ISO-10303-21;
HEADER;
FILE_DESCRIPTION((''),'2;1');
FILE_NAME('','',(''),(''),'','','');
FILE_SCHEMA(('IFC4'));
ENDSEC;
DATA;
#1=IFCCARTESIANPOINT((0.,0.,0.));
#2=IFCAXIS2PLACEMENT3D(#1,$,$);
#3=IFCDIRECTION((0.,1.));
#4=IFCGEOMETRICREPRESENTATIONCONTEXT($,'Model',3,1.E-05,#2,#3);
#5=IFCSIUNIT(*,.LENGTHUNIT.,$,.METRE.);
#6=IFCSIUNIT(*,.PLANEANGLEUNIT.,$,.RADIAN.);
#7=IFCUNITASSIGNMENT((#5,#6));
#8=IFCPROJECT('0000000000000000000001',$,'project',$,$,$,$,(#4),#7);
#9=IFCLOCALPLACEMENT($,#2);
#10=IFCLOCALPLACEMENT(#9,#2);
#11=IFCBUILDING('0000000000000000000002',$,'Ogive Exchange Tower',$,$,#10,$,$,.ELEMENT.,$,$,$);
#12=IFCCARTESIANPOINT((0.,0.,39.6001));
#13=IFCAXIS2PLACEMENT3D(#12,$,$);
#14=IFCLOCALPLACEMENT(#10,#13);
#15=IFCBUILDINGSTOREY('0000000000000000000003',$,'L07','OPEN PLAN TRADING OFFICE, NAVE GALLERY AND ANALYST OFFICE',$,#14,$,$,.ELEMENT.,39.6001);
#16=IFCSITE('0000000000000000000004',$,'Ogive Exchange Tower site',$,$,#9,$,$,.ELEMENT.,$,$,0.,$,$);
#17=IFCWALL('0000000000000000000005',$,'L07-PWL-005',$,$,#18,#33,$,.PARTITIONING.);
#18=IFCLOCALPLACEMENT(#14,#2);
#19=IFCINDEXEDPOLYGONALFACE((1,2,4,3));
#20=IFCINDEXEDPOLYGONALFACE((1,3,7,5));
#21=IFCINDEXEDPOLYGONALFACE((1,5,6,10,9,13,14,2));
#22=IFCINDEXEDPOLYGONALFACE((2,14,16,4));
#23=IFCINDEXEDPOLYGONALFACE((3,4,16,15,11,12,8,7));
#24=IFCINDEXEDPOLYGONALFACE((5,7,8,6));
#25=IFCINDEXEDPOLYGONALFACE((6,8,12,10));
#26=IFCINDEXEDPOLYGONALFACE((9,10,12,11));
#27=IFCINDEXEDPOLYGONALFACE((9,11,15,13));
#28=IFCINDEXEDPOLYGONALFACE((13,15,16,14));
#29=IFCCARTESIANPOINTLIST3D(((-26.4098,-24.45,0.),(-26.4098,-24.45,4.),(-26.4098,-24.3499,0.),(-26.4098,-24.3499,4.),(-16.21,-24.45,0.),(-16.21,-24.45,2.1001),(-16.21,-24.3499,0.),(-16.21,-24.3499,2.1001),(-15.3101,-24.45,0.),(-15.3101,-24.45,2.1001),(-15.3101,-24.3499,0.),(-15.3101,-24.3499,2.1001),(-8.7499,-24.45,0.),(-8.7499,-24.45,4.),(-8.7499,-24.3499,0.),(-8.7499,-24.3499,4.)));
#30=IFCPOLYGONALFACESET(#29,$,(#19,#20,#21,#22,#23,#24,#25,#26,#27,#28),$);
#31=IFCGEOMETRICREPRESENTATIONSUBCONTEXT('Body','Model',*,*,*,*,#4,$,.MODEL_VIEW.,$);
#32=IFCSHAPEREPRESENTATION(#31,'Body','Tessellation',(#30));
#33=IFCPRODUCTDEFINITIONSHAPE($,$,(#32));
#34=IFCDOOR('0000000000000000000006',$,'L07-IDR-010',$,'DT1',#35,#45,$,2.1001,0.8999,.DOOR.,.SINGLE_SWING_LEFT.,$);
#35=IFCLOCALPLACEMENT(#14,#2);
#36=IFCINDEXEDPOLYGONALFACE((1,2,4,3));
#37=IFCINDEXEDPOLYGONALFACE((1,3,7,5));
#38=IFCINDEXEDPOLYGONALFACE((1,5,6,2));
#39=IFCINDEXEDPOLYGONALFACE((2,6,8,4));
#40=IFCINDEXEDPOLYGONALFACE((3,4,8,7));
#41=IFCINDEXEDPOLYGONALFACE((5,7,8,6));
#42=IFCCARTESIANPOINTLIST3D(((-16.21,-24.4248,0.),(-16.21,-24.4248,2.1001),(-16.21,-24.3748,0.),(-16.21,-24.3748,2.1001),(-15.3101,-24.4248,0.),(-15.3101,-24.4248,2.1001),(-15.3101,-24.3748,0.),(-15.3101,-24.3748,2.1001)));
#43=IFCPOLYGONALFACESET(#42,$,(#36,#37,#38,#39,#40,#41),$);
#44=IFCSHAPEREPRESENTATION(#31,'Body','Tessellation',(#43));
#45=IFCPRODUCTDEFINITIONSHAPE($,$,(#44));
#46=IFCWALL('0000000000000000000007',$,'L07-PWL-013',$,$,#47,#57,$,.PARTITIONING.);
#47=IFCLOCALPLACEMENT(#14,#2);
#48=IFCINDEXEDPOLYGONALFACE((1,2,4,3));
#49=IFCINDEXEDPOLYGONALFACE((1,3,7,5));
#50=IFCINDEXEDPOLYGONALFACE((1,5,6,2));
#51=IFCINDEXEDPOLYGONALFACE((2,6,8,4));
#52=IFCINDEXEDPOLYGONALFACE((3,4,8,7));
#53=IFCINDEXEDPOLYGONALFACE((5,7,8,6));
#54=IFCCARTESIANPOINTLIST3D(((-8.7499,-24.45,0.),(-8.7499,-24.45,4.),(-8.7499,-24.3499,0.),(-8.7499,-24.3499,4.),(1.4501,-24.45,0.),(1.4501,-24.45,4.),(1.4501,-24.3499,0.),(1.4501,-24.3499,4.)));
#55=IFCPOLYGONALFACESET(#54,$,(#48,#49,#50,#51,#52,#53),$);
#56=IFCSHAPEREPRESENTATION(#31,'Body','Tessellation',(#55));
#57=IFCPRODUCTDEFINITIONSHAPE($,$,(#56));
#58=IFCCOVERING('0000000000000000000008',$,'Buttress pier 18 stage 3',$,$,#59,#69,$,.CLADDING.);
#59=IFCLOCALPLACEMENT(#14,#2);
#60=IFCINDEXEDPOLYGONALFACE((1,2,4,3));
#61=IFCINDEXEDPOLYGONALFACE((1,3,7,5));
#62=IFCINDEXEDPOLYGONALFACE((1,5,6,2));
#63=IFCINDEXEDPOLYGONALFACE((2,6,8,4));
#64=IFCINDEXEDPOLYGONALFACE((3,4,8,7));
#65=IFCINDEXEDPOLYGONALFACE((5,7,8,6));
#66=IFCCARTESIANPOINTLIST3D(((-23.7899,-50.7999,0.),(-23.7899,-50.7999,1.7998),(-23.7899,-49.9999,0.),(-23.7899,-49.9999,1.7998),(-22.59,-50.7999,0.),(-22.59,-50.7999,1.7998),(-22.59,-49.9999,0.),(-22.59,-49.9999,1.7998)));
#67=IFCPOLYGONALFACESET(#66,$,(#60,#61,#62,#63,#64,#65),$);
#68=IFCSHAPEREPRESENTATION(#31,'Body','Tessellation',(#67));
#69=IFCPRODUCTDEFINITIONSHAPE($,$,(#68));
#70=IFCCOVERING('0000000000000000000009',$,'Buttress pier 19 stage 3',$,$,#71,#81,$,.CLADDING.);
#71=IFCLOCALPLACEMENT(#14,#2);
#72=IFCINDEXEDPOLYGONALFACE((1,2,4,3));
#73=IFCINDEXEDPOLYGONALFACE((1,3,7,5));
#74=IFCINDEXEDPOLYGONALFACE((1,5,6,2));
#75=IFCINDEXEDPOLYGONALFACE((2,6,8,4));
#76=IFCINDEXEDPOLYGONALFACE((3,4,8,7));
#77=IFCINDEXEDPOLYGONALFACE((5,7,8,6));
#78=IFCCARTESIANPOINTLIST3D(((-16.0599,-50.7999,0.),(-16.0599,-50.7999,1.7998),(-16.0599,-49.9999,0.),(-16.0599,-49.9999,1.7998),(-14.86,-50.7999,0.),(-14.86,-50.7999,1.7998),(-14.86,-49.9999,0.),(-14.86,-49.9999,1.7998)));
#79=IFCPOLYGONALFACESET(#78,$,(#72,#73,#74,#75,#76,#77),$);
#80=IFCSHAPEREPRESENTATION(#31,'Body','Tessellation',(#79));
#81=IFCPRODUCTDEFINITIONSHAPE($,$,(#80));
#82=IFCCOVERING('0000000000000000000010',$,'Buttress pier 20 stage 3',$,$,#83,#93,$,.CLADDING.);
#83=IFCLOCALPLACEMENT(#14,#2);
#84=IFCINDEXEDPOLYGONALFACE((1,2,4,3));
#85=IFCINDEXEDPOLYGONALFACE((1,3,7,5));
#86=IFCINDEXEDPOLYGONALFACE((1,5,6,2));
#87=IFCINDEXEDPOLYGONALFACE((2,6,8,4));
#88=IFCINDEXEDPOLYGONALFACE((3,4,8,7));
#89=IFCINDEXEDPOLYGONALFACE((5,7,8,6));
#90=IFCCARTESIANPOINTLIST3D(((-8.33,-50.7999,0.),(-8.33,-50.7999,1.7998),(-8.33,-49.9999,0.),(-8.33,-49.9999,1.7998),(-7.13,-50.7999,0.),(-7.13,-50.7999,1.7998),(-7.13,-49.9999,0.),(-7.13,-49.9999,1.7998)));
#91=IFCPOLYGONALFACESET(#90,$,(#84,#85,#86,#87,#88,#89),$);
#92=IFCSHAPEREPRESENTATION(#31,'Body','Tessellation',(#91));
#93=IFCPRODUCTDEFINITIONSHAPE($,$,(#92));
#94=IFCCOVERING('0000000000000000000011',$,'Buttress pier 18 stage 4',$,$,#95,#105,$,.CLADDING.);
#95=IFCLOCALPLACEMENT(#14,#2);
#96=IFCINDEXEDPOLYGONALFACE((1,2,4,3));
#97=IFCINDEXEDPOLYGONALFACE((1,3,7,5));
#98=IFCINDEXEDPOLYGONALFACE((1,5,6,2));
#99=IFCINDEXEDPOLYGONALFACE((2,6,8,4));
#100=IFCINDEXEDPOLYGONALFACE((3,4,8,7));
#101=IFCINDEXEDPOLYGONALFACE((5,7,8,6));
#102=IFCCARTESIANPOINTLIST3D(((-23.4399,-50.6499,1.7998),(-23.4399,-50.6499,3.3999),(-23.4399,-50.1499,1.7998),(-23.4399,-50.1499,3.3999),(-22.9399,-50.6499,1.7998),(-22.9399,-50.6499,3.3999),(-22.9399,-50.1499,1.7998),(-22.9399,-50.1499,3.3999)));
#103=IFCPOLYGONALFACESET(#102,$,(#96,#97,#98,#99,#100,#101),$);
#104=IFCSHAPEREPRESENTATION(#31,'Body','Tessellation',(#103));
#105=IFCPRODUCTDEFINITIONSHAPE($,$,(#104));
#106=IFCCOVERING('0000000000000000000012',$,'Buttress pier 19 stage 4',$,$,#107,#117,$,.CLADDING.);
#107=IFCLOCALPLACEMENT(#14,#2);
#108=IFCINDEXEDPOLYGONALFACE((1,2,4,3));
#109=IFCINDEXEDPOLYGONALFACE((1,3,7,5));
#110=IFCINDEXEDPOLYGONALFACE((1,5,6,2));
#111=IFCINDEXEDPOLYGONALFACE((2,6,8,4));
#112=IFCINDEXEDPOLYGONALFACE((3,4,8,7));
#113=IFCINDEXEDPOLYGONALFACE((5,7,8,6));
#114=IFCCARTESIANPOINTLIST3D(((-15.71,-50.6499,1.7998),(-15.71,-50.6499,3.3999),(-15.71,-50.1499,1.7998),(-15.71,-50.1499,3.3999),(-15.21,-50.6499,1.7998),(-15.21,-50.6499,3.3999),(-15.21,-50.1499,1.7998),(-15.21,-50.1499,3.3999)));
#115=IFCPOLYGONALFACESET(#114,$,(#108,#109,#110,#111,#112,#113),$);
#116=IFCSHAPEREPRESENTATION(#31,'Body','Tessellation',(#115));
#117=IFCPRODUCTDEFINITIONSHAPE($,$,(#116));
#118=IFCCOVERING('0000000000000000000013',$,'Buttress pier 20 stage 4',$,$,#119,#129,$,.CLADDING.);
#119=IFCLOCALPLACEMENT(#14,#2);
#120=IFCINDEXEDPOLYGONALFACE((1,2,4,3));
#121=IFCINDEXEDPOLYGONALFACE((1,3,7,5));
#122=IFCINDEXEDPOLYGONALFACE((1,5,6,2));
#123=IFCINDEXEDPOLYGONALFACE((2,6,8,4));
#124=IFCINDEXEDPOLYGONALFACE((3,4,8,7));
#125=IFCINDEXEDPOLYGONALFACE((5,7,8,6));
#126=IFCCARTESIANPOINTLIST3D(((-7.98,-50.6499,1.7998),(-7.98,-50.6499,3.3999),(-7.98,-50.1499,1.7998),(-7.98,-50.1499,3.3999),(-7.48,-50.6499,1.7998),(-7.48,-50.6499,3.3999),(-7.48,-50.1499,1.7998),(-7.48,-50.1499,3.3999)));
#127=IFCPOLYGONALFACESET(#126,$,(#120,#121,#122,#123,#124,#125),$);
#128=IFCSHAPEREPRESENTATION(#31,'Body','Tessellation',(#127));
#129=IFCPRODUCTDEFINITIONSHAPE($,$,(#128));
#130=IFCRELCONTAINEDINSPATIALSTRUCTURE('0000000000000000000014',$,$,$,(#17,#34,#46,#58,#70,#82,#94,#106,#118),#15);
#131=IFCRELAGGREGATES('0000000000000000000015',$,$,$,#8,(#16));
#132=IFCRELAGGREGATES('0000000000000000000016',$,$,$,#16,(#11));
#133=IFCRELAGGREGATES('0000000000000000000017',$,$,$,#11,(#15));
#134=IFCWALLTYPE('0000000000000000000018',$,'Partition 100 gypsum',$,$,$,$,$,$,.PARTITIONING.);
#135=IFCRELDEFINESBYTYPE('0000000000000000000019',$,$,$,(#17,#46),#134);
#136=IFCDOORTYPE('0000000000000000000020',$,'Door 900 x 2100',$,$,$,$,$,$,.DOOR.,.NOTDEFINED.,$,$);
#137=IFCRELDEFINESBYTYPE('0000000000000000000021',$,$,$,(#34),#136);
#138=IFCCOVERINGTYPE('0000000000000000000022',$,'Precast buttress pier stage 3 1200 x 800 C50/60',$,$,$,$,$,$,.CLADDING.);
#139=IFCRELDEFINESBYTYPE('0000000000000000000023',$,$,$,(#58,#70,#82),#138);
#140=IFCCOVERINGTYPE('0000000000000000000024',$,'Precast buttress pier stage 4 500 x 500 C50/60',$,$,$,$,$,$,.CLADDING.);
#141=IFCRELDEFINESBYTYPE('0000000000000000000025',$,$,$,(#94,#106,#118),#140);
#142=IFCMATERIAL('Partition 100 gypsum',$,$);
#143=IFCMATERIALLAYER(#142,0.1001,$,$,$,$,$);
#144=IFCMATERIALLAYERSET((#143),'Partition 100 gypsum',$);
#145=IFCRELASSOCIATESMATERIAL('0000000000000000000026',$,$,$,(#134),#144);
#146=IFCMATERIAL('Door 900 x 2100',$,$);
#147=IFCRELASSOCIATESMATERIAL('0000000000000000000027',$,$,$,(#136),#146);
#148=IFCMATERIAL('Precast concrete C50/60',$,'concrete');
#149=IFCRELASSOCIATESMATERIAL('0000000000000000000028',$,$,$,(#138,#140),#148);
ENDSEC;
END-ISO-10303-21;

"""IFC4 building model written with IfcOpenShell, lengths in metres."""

from ifc_helpers import new_model, si_unit, direction, frame, frame_2d, origin, origin_2d, place, context, subcontext, project, spatial, rectangle, extrude, material, layer, layer_set, material_profile, profile_set, type_object, element, fill, save


model = new_model("IFC4")

# Units and contexts
model_context = context("Model", 3, precision=1e-05, world=origin(), true_north=direction((0.0, 1.0)))
body_context = subcontext(model_context, "Body", "Model", "MODEL_VIEW")
ifc_project = project(units=[si_unit("LENGTHUNIT", "METRE"), si_unit("PLANEANGLEUNIT", "RADIAN")], contexts=[model_context])

# Site, building, storey
site_placement = place(None, origin())
site = spatial("IfcSite", under=ifc_project, at=site_placement, Name="Ogive Exchange Tower site", CompositionType="ELEMENT", RefElevation=0.0)
building_placement = place(site_placement, origin())
building = spatial("IfcBuilding", under=site, at=building_placement, Name="Ogive Exchange Tower", CompositionType="ELEMENT")
storey_placement = place(building_placement, frame((0.0, 0.0, 39.6001)))
storey = spatial("IfcBuildingStorey", under=building, at=storey_placement, Name="L07", Description="OPEN PLAN TRADING OFFICE, NAVE GALLERY AND ANALYST OFFICE", CompositionType="ELEMENT", Elevation=39.6001)

# Shared definitions
ifc_material_1 = material(Name="Partition 100 gypsum")
ifc_layer_1 = layer(ifc_material_1, 0.1001)
ifc_layer_set_1 = layer_set([ifc_layer_1], Name="Partition 100 gypsum")
wall_type_1 = type_object("IfcWallType", Name="Partition 100 gypsum", PredefinedType="PARTITIONING", material=ifc_layer_set_1)

# Wall, opening, door
wall_1_placement = place(storey_placement, frame((-26.4099, -24.3999, 0.0), z_axis=(0.0, 0.0, 1.0), x_axis=(1.0, 0.0, 0.0)))
wall_1 = element("IfcWall", 1, at=wall_1_placement, inside=storey, type_object=wall_type_1, Name="L07-PWL-005", PredefinedType="PARTITIONING", context=body_context, shape_type="SweptSolid", body=[
    extrude(rectangle(XDim=17.6599, YDim=0.1001, at=frame_2d((8.8301, 0.0))), origin(), (0.0, 0.0, 1.0), 4.0),
])
opening_1_placement = place(wall_1_placement, frame((10.2, 0.0, 0.0)))
opening_1 = element("IfcOpeningElement", 2, at=opening_1_placement, cuts=wall_1, PredefinedType="OPENING", context=body_context, shape_type="SweptSolid", body=[
    extrude(rectangle(XDim=0.8999, YDim=2.1001, at=frame_2d((0.45, 1.05))), frame((0.0, 0.0601, 0.0), z_axis=(0.0, -1.0, 0.0), x_axis=(1.0, 0.0, 0.0)), (0.0, 0.0, 1.0), 0.1201),
])
ifc_material_2 = material(Name="Door 900 x 2100")
door_type_1 = type_object("IfcDoorType", Name="Door 900 x 2100", OperationType="NOTDEFINED", PredefinedType="DOOR", material=ifc_material_2)
door_1_placement = place(opening_1_placement, frame((0.8999, 0.0, 0.0), z_axis=(0.0, 0.0, 1.0), x_axis=(-1.0, 0.0, 0.0)))
door_1 = element("IfcDoor", 3, at=door_1_placement, inside=storey, type_object=door_type_1, Name="L07-IDR-010", ObjectType="DT1", OperationType="SINGLE_SWING_LEFT", OverallHeight=2.1001, OverallWidth=0.8999, PredefinedType="DOOR", context=body_context, shape_type="SweptSolid", body=[
    extrude(rectangle(XDim=0.8999, YDim=2.1001, at=frame_2d((0.45, 1.05))), frame((0.0, 0.0249, 0.0), z_axis=(0.0, -1.0, 0.0), x_axis=(1.0, 0.0, 0.0)), (0.0, 0.0, 1.0), 0.05),
])
fill(opening_1, door_1)

# Wall
wall_2_placement = place(storey_placement, frame((-8.75, -24.3999, 0.0), z_axis=(0.0, 0.0, 1.0), x_axis=(1.0, 0.0, 0.0)))
element("IfcWall", 4, at=wall_2_placement, inside=storey, type_object=wall_type_1, Name="L07-PWL-013", PredefinedType="PARTITIONING", context=body_context, shape_type="SweptSolid", body=[
    extrude(rectangle(XDim=10.2, YDim=0.1001, at=frame_2d((5.1001, 0.0))), origin(), (0.0, 0.0, 1.0), 4.0),
])

# Coverings
ifc_material_3 = material(Name="Precast concrete C50/60", Category="concrete")
ifc_material_profile_1 = material_profile(ifc_material_3, rectangle(XDim=1.2, YDim=0.8, at=origin_2d()), Name="BUTTRESS PIER 3 1200 x 800")
ifc_profile_set_1 = profile_set([ifc_material_profile_1], Name="Precast concrete C50/60")
covering_type_1 = type_object("IfcCoveringType", Name="Precast buttress pier stage 3 1200 x 800 C50/60", PredefinedType="CLADDING", material=ifc_profile_set_1)
for number, where, z_axis, x_axis, name in (
    (5, (-23.1899, -50.3999, 0.0), (0.0, 0.0, 1.0), (1.0, 0.0, 0.0), "Buttress pier 18 stage 3"),
    (6, (-15.46, -50.3999, 0.0), (0.0, 0.0, 1.0), (1.0, 0.0, 0.0), "Buttress pier 19 stage 3"),
    (7, (-7.73, -50.3999, 0.0), (0.0, 0.0, 1.0), (1.0, 0.0, 0.0), "Buttress pier 20 stage 3"),
):
    element("IfcCovering", number, at=place(storey_placement, frame(where, z_axis=z_axis, x_axis=x_axis)), inside=storey, type_object=covering_type_1, Name=name, PredefinedType="CLADDING", context=body_context, shape_type="SweptSolid", body=[
        extrude(rectangle(XDim=1.2, YDim=0.8, at=origin_2d()), origin(), (0.0, 0.0, 1.0), 1.7998),
    ])
ifc_material_profile_2 = material_profile(ifc_material_3, rectangle(XDim=0.5, YDim=0.5, at=origin_2d()), Name="BUTTRESS PIER 4 500 x 500")
ifc_profile_set_2 = profile_set([ifc_material_profile_2], Name="Precast concrete C50/60")
covering_type_2 = type_object("IfcCoveringType", Name="Precast buttress pier stage 4 500 x 500 C50/60", PredefinedType="CLADDING", material=ifc_profile_set_2)
for number, where, z_axis, x_axis, name in (
    (8, (-23.1899, -50.3999, 1.7998), (0.0, 0.0, 1.0), (1.0, 0.0, 0.0), "Buttress pier 18 stage 4"),
    (9, (-15.46, -50.3999, 1.7998), (0.0, 0.0, 1.0), (1.0, 0.0, 0.0), "Buttress pier 19 stage 4"),
    (10, (-7.73, -50.3999, 1.7998), (0.0, 0.0, 1.0), (1.0, 0.0, 0.0), "Buttress pier 20 stage 4"),
):
    element("IfcCovering", number, at=place(storey_placement, frame(where, z_axis=z_axis, x_axis=x_axis)), inside=storey, type_object=covering_type_2, Name=name, PredefinedType="CLADDING", context=body_context, shape_type="SweptSolid", body=[
        extrude(rectangle(XDim=0.5, YDim=0.5, at=origin_2d()), origin(), (0.0, 0.0, 1.0), 1.6001),
    ])

save(model, "model.ifc")
